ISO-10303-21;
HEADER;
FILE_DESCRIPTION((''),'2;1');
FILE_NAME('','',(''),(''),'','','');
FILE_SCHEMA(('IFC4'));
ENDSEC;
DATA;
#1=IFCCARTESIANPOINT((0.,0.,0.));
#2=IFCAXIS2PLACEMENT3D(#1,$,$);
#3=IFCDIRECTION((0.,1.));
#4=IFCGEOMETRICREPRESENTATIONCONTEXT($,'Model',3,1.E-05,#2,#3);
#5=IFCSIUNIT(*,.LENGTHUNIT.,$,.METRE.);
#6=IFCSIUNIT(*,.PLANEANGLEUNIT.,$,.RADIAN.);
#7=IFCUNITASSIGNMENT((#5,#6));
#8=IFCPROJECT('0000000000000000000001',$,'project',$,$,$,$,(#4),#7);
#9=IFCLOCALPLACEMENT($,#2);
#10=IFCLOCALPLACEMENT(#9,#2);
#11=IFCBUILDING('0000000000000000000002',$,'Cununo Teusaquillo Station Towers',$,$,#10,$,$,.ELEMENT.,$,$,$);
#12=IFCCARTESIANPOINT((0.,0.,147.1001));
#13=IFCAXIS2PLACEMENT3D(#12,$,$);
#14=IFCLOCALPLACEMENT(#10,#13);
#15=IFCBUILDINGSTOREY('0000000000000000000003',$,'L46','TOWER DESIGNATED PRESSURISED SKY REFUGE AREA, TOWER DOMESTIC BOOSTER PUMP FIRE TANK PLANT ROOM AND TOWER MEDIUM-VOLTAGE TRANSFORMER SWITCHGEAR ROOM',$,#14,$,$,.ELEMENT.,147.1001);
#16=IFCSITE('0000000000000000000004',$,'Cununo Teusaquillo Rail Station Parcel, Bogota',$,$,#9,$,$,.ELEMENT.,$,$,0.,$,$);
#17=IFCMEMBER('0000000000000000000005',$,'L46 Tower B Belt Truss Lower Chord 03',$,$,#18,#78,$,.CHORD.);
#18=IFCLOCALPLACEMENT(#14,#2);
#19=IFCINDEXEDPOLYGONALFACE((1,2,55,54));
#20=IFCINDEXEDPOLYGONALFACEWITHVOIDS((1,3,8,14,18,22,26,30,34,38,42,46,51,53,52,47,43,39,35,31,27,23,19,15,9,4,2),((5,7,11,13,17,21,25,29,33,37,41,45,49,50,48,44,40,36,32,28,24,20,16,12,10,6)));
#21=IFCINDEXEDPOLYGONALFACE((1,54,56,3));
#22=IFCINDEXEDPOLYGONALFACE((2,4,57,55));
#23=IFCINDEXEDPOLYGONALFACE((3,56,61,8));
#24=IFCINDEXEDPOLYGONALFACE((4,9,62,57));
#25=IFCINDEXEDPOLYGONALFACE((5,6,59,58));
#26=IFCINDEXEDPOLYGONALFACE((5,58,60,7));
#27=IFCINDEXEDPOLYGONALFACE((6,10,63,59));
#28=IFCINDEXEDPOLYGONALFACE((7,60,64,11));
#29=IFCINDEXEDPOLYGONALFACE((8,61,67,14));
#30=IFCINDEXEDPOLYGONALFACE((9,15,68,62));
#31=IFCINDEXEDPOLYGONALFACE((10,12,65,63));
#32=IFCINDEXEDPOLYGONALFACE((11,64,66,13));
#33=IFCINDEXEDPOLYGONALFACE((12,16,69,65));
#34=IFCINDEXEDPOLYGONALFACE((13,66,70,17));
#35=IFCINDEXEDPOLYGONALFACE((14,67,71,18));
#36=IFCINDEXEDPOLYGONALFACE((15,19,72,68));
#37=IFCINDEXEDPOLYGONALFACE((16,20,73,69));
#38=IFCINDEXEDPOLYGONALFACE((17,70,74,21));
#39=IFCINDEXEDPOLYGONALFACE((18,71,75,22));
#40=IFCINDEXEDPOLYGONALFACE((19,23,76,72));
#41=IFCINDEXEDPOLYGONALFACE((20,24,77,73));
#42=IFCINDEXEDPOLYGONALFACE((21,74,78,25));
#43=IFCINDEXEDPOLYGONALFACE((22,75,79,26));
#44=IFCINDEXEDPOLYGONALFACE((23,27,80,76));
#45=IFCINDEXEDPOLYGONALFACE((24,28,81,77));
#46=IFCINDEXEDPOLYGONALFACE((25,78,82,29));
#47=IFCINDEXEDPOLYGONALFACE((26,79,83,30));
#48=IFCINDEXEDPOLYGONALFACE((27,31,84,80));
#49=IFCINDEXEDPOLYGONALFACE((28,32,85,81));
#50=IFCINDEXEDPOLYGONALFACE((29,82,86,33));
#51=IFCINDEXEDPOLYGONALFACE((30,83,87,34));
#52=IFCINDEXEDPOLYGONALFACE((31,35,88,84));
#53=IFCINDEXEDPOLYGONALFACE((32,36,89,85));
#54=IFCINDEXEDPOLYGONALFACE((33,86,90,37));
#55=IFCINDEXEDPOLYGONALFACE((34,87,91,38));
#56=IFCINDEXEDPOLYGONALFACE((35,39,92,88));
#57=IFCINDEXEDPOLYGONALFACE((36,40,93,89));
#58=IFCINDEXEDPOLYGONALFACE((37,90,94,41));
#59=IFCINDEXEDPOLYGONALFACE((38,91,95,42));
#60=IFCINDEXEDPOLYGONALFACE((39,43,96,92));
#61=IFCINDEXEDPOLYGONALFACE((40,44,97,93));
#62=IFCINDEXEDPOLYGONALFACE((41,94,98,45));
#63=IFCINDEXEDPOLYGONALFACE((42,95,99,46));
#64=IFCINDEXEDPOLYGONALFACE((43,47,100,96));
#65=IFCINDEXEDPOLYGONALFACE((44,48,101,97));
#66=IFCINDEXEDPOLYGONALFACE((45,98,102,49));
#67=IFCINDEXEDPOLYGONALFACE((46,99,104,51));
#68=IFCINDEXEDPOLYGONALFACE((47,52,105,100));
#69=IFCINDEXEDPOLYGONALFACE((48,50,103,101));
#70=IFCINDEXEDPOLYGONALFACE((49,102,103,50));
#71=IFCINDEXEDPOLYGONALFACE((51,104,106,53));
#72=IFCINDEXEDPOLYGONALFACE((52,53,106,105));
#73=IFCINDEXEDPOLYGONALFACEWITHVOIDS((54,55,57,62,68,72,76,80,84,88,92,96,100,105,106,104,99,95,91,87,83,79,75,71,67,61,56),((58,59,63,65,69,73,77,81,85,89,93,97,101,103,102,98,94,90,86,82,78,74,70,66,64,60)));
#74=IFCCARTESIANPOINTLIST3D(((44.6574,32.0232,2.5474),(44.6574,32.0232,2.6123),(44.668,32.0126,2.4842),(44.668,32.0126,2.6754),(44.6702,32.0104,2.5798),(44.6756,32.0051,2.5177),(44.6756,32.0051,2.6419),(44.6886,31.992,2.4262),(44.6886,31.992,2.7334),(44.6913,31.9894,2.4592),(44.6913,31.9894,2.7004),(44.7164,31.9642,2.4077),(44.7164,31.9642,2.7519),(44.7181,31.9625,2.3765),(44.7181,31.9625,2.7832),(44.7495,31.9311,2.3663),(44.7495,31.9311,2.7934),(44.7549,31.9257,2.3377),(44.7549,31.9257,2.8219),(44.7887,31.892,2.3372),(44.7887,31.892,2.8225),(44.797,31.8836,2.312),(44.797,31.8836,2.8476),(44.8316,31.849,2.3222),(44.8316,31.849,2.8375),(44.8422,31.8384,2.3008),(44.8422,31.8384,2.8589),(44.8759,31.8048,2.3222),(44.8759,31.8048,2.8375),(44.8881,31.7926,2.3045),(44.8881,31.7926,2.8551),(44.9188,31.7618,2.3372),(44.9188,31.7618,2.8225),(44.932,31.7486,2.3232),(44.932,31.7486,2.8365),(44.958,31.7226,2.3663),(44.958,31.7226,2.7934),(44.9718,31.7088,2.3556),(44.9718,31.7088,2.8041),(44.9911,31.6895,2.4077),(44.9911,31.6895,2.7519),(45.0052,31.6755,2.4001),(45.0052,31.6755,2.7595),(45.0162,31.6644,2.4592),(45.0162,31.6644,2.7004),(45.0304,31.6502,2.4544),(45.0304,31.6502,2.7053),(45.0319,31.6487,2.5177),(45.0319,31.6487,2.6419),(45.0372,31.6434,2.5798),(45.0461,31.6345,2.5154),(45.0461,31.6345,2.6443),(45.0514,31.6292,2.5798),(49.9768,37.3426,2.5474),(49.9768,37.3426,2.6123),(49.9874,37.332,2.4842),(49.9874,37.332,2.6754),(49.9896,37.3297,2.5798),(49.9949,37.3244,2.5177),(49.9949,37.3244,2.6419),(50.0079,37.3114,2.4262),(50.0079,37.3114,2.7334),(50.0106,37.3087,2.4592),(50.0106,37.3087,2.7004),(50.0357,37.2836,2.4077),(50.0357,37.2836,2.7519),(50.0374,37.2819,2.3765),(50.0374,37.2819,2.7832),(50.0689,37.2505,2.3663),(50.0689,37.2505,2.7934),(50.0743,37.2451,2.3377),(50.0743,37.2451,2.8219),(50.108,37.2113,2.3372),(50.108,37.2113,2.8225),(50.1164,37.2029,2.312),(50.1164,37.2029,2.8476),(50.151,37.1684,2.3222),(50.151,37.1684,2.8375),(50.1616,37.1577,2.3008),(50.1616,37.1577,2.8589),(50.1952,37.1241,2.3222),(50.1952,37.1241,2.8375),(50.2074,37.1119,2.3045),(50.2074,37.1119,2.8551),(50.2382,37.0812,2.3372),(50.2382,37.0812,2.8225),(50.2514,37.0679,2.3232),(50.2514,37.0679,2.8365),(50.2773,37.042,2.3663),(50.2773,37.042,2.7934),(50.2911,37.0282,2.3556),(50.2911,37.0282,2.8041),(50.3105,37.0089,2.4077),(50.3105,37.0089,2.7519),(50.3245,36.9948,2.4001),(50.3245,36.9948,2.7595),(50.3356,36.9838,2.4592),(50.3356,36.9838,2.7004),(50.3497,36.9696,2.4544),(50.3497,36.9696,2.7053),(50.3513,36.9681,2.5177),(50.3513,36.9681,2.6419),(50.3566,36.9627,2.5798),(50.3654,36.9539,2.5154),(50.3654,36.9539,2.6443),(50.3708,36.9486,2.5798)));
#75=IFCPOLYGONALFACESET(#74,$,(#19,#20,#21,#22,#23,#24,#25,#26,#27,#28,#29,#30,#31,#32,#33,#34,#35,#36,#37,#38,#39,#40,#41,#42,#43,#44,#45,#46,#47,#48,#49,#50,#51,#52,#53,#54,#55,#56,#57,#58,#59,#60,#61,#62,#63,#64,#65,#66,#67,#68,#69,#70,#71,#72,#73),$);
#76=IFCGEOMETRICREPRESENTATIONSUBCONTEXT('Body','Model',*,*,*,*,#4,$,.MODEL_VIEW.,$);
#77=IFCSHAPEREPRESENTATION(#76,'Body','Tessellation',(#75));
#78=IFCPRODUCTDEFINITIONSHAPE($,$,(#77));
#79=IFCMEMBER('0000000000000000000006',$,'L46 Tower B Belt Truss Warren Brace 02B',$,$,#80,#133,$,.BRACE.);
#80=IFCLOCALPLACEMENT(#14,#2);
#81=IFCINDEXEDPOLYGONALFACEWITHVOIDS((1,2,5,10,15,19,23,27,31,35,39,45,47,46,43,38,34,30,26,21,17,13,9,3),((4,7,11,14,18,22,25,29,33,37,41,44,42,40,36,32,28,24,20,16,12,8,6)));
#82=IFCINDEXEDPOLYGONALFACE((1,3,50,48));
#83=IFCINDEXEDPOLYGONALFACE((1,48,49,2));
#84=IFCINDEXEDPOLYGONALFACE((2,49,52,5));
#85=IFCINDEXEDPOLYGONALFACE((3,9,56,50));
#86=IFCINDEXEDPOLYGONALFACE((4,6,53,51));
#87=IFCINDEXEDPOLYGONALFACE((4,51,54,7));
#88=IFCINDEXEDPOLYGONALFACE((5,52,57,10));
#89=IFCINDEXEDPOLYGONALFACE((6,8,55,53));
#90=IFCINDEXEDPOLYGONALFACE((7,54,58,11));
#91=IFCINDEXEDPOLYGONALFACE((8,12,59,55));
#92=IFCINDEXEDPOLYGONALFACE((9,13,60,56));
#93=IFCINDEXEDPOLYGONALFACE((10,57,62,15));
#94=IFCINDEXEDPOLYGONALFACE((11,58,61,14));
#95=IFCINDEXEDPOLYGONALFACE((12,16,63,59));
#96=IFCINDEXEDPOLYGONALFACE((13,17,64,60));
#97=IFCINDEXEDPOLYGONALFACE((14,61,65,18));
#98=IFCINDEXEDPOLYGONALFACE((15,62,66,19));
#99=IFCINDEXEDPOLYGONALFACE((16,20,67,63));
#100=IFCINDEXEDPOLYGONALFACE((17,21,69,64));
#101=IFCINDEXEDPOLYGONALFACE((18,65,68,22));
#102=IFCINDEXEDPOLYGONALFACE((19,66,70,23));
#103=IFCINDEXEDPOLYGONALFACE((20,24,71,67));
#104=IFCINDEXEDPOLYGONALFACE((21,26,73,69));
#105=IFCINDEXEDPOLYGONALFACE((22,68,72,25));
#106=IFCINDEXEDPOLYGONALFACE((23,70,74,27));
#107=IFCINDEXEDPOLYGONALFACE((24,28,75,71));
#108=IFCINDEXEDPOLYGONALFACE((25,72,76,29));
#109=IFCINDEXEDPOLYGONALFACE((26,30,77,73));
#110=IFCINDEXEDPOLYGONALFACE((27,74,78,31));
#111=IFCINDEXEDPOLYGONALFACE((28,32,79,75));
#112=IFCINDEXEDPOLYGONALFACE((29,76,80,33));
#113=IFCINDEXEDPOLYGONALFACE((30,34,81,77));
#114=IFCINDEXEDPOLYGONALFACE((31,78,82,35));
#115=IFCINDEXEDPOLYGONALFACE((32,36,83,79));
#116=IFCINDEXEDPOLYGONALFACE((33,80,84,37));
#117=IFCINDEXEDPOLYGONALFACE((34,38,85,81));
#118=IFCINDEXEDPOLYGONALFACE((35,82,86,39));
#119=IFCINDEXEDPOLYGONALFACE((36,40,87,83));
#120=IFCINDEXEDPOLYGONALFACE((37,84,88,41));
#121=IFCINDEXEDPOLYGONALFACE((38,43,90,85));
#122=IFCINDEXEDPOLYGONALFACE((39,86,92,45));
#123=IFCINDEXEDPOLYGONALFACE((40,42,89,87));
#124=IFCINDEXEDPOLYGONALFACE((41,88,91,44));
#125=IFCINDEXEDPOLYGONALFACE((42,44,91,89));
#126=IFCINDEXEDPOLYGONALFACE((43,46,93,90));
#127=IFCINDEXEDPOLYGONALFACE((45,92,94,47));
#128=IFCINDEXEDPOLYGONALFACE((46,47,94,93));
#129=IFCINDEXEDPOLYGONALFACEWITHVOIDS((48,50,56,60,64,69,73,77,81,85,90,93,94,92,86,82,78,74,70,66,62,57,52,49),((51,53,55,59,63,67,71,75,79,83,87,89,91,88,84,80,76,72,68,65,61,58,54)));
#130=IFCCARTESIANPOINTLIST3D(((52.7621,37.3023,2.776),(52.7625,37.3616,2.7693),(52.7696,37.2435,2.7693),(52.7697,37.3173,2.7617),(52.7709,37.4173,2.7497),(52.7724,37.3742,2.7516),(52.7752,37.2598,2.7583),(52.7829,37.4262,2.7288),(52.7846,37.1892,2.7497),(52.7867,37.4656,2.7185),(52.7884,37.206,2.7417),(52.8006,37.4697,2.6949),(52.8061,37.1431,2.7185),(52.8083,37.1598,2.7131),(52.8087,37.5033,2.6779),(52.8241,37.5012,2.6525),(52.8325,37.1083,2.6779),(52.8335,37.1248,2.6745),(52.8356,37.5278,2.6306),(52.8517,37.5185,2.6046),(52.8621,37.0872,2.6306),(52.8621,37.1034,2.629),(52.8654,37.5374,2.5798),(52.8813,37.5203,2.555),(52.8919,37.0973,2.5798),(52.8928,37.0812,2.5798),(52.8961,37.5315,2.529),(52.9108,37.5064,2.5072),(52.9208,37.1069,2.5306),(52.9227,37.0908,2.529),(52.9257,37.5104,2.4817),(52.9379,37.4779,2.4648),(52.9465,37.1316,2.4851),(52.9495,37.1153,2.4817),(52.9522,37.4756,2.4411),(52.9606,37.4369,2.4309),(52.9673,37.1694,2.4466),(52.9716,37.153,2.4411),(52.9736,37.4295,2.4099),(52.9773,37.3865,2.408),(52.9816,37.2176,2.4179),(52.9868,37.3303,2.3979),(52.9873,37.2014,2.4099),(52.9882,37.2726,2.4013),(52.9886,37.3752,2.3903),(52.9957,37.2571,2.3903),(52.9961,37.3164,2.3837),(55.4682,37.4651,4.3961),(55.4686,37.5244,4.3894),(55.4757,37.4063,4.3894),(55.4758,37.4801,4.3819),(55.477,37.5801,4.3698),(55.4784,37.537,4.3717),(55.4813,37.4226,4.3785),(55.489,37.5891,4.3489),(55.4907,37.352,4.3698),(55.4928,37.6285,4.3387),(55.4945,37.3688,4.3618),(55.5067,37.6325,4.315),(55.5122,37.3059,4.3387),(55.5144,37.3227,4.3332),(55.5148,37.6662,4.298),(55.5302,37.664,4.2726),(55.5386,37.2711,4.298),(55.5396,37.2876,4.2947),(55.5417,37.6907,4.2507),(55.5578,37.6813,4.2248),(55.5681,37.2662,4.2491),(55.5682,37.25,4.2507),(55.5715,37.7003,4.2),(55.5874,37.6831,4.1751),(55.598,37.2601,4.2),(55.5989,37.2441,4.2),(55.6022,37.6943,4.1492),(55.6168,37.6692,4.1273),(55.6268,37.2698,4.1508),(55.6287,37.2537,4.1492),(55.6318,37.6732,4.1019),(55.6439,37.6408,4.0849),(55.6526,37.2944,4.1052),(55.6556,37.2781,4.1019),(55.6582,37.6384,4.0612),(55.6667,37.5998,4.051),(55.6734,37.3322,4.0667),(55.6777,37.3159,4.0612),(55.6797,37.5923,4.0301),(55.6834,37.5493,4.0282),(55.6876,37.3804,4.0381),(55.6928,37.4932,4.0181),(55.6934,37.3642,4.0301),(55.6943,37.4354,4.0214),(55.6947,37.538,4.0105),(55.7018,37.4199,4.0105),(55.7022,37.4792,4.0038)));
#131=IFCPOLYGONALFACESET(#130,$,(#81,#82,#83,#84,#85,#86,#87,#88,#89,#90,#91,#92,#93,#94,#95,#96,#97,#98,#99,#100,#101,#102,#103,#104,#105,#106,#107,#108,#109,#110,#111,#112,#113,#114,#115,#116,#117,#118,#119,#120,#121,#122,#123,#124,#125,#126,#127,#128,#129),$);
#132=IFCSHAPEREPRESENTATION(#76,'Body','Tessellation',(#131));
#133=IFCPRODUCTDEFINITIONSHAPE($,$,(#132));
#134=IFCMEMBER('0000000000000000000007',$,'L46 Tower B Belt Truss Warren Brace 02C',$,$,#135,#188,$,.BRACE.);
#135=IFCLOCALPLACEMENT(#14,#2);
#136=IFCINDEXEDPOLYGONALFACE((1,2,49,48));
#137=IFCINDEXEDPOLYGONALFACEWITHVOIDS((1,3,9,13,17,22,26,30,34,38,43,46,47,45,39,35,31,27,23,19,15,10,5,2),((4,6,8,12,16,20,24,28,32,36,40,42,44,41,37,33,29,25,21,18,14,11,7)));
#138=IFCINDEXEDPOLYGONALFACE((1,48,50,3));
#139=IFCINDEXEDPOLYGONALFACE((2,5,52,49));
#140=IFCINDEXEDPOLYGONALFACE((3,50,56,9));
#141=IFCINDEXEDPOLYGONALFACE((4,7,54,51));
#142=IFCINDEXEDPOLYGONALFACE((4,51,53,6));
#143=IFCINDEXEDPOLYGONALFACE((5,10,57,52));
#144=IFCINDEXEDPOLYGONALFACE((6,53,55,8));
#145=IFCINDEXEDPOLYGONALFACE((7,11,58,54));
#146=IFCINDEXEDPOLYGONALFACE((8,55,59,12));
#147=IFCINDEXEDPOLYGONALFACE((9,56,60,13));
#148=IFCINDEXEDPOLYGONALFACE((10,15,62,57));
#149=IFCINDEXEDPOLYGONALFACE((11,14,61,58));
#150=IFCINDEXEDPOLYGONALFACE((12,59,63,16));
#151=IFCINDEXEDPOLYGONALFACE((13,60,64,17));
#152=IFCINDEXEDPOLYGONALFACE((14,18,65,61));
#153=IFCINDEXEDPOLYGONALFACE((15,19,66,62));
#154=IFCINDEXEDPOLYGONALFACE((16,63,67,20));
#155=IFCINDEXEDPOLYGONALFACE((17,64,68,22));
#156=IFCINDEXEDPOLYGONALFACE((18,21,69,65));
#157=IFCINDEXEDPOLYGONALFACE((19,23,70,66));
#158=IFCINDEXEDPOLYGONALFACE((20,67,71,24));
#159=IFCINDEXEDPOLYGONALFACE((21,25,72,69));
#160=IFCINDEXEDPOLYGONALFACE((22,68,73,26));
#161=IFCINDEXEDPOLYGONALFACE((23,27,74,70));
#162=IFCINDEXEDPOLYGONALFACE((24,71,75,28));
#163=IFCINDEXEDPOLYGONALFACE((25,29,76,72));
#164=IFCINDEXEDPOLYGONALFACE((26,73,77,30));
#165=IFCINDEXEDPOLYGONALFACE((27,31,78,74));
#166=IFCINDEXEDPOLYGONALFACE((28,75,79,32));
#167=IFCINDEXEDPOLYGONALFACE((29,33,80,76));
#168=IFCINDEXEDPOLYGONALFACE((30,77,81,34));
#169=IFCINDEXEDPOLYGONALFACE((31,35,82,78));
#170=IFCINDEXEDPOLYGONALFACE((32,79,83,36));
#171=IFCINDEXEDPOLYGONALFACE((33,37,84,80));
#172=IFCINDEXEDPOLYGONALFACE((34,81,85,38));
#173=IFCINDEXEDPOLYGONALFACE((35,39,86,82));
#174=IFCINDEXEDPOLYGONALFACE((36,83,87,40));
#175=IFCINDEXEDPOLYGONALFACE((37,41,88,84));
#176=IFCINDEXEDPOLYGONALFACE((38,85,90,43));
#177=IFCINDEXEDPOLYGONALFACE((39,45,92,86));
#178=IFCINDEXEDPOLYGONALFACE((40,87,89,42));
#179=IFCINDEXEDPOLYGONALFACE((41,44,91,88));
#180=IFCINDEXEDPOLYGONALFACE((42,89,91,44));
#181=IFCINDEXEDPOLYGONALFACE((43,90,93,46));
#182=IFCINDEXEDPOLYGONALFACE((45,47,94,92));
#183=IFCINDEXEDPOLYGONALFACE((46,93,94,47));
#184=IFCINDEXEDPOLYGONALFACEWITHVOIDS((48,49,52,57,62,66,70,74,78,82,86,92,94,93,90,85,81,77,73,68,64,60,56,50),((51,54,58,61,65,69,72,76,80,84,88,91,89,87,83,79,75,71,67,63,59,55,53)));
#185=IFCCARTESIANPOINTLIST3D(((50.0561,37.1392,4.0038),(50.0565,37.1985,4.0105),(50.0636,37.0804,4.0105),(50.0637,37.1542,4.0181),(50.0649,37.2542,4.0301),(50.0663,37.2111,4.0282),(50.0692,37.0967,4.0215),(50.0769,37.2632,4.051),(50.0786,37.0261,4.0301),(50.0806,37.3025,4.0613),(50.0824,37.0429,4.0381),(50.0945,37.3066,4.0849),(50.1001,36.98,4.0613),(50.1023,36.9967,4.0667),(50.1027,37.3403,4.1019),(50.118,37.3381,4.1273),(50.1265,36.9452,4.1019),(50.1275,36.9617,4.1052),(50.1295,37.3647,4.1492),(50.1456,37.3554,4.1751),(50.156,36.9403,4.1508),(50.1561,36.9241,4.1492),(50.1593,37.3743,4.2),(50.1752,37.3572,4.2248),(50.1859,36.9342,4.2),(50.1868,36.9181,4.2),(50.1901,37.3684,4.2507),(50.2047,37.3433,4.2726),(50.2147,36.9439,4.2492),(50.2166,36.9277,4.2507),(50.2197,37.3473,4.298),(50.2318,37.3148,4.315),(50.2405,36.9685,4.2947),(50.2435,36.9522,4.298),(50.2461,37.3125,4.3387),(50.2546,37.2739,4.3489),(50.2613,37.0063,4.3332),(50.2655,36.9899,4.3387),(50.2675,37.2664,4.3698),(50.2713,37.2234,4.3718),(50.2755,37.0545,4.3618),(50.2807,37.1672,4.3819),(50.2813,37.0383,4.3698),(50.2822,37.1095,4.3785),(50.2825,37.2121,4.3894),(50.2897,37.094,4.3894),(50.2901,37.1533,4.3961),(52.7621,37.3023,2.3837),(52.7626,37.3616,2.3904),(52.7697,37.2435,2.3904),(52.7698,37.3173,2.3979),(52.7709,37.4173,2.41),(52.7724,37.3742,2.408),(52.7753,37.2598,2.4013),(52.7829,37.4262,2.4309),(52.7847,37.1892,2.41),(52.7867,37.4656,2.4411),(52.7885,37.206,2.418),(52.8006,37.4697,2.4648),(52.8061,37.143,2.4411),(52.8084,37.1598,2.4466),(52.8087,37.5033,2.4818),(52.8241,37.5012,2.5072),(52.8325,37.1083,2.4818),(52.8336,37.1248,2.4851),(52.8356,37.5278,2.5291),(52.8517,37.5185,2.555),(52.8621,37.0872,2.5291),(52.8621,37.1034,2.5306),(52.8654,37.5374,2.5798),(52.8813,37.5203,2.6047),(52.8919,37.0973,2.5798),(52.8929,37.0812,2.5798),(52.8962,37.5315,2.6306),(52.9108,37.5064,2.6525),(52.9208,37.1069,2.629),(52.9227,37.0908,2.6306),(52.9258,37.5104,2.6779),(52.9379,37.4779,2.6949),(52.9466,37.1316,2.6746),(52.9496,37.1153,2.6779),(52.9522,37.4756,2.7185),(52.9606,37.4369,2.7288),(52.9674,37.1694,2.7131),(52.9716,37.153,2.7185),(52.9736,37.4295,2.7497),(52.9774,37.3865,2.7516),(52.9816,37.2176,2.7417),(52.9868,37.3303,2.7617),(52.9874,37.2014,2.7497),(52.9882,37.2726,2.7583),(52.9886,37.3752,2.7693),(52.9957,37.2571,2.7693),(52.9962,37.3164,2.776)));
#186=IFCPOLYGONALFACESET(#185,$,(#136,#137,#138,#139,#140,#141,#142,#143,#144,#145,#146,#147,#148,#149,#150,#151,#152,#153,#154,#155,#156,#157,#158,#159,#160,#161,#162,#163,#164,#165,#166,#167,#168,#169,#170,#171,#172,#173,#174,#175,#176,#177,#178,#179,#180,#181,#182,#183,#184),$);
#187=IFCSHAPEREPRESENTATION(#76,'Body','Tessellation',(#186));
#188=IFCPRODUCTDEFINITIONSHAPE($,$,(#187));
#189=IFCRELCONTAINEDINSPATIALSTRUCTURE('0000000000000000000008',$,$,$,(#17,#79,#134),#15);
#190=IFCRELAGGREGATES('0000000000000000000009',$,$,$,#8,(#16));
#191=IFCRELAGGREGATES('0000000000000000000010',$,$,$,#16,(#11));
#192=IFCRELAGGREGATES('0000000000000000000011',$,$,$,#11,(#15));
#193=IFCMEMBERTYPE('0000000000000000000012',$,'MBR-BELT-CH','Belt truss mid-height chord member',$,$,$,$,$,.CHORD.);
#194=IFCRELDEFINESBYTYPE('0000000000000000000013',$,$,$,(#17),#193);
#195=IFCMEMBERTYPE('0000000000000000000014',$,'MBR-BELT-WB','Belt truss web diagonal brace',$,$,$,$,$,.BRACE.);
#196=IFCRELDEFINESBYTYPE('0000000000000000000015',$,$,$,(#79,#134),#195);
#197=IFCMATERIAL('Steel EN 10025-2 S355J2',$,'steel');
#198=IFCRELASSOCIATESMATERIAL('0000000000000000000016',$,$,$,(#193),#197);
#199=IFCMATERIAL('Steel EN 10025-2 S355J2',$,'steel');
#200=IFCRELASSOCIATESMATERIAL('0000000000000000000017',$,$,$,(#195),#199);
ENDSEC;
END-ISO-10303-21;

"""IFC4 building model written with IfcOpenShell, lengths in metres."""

from ifc_helpers import new_model, si_unit, direction, frame, origin, origin_2d, place, context, subcontext, project, spatial, hollow_circle, extrude, material, material_profile, profile_set, type_object, element, save


model = new_model("IFC4")

# Units and contexts
model_context = context("Model", 3, precision=1e-05, world=origin(), true_north=direction((0.0, 1.0)))
body_context = subcontext(model_context, "Body", "Model", "MODEL_VIEW")
ifc_project = project(units=[si_unit("LENGTHUNIT", "METRE"), si_unit("PLANEANGLEUNIT", "RADIAN")], contexts=[model_context])

# Site, building, storey
site_placement = place(None, origin())
site = spatial("IfcSite", under=ifc_project, at=site_placement, Name="Cununo Teusaquillo Rail Station Parcel, Bogota", CompositionType="ELEMENT", RefElevation=0.0)
building_placement = place(site_placement, origin())
building = spatial("IfcBuilding", under=site, at=building_placement, Name="Cununo Teusaquillo Station Towers", CompositionType="ELEMENT")
storey_placement = place(building_placement, frame((0.0, 0.0, 147.1001)))
storey = spatial("IfcBuildingStorey", under=building, at=storey_placement, Name="L46", Description="TOWER DESIGNATED PRESSURISED SKY REFUGE AREA, TOWER DOMESTIC BOOSTER PUMP FIRE TANK PLANT ROOM AND TOWER MEDIUM-VOLTAGE TRANSFORMER SWITCHGEAR ROOM", CompositionType="ELEMENT", Elevation=147.1001)

# Members
ifc_material_1 = material(Name="Steel EN 10025-2 S355J2", Category="steel")
ifc_material_profile_1 = material_profile(ifc_material_1, hollow_circle(Radius=0.2795, WallThickness=0.02, at=origin_2d()), Name="CHS 559x20")
ifc_profile_set_1 = profile_set([ifc_material_profile_1], Name="Steel EN 10025-2 S355J2")
member_type_1 = type_object("IfcMemberType", Name="MBR-BELT-CH", Description="Belt truss mid-height chord member", PredefinedType="CHORD", material=ifc_profile_set_1)
member_1_placement = place(storey_placement, frame((50.1731, 37.1462, 2.5798), z_axis=(-0.707107, -0.707107, 0.0), x_axis=(0.707107, -0.707107, 0.0)))
element("IfcMember", 1, at=member_1_placement, inside=storey, type_object=member_type_1, Name="L46 Tower B Belt Truss Lower Chord 03", PredefinedType="CHORD", context=body_context, shape_type="SweptSolid", body=[
    extrude(hollow_circle(Radius=0.2795, WallThickness=0.02, at=origin_2d()), origin(), (0.0, 0.0, 1.0), 7.5227),
])
ifc_material_2 = material(Name="Steel EN 10025-2 S355J2", Category="steel")
ifc_material_profile_2 = material_profile(ifc_material_2, hollow_circle(Radius=0.2285, WallThickness=0.0161, at=origin_2d()), Name="CHS 457x16")
ifc_profile_set_2 = profile_set([ifc_material_profile_2], Name="Steel EN 10025-2 S355J2")
member_type_2 = type_object("IfcMemberType", Name="MBR-BELT-WB", Description="Belt truss web diagonal brace", PredefinedType="BRACE", material=ifc_profile_set_2)
for number, where, z_axis, x_axis, name in (
    (2, (55.5852, 37.4722, 4.2), (-0.856843, -0.051562, -0.512993), (0.060068, -0.998194, 0.0), "L46 Tower B Belt Truss Warren Brace 02B"),
    (3, (52.8792, 37.3093, 2.5798), (-0.85684, -0.051639, 0.512991), (0.060158, -0.998189, 0.0), "L46 Tower B Belt Truss Warren Brace 02C"),
):
    element("IfcMember", number, at=place(storey_placement, frame(where, z_axis=z_axis, x_axis=x_axis)), inside=storey, type_object=member_type_2, Name=name, PredefinedType="BRACE", context=body_context, shape_type="SweptSolid", body=[
        extrude(hollow_circle(Radius=0.2285, WallThickness=0.0161, at=origin_2d()), origin(), (0.0, 0.0, 1.0), 3.1582),
    ])

save(model, "model.ifc")
